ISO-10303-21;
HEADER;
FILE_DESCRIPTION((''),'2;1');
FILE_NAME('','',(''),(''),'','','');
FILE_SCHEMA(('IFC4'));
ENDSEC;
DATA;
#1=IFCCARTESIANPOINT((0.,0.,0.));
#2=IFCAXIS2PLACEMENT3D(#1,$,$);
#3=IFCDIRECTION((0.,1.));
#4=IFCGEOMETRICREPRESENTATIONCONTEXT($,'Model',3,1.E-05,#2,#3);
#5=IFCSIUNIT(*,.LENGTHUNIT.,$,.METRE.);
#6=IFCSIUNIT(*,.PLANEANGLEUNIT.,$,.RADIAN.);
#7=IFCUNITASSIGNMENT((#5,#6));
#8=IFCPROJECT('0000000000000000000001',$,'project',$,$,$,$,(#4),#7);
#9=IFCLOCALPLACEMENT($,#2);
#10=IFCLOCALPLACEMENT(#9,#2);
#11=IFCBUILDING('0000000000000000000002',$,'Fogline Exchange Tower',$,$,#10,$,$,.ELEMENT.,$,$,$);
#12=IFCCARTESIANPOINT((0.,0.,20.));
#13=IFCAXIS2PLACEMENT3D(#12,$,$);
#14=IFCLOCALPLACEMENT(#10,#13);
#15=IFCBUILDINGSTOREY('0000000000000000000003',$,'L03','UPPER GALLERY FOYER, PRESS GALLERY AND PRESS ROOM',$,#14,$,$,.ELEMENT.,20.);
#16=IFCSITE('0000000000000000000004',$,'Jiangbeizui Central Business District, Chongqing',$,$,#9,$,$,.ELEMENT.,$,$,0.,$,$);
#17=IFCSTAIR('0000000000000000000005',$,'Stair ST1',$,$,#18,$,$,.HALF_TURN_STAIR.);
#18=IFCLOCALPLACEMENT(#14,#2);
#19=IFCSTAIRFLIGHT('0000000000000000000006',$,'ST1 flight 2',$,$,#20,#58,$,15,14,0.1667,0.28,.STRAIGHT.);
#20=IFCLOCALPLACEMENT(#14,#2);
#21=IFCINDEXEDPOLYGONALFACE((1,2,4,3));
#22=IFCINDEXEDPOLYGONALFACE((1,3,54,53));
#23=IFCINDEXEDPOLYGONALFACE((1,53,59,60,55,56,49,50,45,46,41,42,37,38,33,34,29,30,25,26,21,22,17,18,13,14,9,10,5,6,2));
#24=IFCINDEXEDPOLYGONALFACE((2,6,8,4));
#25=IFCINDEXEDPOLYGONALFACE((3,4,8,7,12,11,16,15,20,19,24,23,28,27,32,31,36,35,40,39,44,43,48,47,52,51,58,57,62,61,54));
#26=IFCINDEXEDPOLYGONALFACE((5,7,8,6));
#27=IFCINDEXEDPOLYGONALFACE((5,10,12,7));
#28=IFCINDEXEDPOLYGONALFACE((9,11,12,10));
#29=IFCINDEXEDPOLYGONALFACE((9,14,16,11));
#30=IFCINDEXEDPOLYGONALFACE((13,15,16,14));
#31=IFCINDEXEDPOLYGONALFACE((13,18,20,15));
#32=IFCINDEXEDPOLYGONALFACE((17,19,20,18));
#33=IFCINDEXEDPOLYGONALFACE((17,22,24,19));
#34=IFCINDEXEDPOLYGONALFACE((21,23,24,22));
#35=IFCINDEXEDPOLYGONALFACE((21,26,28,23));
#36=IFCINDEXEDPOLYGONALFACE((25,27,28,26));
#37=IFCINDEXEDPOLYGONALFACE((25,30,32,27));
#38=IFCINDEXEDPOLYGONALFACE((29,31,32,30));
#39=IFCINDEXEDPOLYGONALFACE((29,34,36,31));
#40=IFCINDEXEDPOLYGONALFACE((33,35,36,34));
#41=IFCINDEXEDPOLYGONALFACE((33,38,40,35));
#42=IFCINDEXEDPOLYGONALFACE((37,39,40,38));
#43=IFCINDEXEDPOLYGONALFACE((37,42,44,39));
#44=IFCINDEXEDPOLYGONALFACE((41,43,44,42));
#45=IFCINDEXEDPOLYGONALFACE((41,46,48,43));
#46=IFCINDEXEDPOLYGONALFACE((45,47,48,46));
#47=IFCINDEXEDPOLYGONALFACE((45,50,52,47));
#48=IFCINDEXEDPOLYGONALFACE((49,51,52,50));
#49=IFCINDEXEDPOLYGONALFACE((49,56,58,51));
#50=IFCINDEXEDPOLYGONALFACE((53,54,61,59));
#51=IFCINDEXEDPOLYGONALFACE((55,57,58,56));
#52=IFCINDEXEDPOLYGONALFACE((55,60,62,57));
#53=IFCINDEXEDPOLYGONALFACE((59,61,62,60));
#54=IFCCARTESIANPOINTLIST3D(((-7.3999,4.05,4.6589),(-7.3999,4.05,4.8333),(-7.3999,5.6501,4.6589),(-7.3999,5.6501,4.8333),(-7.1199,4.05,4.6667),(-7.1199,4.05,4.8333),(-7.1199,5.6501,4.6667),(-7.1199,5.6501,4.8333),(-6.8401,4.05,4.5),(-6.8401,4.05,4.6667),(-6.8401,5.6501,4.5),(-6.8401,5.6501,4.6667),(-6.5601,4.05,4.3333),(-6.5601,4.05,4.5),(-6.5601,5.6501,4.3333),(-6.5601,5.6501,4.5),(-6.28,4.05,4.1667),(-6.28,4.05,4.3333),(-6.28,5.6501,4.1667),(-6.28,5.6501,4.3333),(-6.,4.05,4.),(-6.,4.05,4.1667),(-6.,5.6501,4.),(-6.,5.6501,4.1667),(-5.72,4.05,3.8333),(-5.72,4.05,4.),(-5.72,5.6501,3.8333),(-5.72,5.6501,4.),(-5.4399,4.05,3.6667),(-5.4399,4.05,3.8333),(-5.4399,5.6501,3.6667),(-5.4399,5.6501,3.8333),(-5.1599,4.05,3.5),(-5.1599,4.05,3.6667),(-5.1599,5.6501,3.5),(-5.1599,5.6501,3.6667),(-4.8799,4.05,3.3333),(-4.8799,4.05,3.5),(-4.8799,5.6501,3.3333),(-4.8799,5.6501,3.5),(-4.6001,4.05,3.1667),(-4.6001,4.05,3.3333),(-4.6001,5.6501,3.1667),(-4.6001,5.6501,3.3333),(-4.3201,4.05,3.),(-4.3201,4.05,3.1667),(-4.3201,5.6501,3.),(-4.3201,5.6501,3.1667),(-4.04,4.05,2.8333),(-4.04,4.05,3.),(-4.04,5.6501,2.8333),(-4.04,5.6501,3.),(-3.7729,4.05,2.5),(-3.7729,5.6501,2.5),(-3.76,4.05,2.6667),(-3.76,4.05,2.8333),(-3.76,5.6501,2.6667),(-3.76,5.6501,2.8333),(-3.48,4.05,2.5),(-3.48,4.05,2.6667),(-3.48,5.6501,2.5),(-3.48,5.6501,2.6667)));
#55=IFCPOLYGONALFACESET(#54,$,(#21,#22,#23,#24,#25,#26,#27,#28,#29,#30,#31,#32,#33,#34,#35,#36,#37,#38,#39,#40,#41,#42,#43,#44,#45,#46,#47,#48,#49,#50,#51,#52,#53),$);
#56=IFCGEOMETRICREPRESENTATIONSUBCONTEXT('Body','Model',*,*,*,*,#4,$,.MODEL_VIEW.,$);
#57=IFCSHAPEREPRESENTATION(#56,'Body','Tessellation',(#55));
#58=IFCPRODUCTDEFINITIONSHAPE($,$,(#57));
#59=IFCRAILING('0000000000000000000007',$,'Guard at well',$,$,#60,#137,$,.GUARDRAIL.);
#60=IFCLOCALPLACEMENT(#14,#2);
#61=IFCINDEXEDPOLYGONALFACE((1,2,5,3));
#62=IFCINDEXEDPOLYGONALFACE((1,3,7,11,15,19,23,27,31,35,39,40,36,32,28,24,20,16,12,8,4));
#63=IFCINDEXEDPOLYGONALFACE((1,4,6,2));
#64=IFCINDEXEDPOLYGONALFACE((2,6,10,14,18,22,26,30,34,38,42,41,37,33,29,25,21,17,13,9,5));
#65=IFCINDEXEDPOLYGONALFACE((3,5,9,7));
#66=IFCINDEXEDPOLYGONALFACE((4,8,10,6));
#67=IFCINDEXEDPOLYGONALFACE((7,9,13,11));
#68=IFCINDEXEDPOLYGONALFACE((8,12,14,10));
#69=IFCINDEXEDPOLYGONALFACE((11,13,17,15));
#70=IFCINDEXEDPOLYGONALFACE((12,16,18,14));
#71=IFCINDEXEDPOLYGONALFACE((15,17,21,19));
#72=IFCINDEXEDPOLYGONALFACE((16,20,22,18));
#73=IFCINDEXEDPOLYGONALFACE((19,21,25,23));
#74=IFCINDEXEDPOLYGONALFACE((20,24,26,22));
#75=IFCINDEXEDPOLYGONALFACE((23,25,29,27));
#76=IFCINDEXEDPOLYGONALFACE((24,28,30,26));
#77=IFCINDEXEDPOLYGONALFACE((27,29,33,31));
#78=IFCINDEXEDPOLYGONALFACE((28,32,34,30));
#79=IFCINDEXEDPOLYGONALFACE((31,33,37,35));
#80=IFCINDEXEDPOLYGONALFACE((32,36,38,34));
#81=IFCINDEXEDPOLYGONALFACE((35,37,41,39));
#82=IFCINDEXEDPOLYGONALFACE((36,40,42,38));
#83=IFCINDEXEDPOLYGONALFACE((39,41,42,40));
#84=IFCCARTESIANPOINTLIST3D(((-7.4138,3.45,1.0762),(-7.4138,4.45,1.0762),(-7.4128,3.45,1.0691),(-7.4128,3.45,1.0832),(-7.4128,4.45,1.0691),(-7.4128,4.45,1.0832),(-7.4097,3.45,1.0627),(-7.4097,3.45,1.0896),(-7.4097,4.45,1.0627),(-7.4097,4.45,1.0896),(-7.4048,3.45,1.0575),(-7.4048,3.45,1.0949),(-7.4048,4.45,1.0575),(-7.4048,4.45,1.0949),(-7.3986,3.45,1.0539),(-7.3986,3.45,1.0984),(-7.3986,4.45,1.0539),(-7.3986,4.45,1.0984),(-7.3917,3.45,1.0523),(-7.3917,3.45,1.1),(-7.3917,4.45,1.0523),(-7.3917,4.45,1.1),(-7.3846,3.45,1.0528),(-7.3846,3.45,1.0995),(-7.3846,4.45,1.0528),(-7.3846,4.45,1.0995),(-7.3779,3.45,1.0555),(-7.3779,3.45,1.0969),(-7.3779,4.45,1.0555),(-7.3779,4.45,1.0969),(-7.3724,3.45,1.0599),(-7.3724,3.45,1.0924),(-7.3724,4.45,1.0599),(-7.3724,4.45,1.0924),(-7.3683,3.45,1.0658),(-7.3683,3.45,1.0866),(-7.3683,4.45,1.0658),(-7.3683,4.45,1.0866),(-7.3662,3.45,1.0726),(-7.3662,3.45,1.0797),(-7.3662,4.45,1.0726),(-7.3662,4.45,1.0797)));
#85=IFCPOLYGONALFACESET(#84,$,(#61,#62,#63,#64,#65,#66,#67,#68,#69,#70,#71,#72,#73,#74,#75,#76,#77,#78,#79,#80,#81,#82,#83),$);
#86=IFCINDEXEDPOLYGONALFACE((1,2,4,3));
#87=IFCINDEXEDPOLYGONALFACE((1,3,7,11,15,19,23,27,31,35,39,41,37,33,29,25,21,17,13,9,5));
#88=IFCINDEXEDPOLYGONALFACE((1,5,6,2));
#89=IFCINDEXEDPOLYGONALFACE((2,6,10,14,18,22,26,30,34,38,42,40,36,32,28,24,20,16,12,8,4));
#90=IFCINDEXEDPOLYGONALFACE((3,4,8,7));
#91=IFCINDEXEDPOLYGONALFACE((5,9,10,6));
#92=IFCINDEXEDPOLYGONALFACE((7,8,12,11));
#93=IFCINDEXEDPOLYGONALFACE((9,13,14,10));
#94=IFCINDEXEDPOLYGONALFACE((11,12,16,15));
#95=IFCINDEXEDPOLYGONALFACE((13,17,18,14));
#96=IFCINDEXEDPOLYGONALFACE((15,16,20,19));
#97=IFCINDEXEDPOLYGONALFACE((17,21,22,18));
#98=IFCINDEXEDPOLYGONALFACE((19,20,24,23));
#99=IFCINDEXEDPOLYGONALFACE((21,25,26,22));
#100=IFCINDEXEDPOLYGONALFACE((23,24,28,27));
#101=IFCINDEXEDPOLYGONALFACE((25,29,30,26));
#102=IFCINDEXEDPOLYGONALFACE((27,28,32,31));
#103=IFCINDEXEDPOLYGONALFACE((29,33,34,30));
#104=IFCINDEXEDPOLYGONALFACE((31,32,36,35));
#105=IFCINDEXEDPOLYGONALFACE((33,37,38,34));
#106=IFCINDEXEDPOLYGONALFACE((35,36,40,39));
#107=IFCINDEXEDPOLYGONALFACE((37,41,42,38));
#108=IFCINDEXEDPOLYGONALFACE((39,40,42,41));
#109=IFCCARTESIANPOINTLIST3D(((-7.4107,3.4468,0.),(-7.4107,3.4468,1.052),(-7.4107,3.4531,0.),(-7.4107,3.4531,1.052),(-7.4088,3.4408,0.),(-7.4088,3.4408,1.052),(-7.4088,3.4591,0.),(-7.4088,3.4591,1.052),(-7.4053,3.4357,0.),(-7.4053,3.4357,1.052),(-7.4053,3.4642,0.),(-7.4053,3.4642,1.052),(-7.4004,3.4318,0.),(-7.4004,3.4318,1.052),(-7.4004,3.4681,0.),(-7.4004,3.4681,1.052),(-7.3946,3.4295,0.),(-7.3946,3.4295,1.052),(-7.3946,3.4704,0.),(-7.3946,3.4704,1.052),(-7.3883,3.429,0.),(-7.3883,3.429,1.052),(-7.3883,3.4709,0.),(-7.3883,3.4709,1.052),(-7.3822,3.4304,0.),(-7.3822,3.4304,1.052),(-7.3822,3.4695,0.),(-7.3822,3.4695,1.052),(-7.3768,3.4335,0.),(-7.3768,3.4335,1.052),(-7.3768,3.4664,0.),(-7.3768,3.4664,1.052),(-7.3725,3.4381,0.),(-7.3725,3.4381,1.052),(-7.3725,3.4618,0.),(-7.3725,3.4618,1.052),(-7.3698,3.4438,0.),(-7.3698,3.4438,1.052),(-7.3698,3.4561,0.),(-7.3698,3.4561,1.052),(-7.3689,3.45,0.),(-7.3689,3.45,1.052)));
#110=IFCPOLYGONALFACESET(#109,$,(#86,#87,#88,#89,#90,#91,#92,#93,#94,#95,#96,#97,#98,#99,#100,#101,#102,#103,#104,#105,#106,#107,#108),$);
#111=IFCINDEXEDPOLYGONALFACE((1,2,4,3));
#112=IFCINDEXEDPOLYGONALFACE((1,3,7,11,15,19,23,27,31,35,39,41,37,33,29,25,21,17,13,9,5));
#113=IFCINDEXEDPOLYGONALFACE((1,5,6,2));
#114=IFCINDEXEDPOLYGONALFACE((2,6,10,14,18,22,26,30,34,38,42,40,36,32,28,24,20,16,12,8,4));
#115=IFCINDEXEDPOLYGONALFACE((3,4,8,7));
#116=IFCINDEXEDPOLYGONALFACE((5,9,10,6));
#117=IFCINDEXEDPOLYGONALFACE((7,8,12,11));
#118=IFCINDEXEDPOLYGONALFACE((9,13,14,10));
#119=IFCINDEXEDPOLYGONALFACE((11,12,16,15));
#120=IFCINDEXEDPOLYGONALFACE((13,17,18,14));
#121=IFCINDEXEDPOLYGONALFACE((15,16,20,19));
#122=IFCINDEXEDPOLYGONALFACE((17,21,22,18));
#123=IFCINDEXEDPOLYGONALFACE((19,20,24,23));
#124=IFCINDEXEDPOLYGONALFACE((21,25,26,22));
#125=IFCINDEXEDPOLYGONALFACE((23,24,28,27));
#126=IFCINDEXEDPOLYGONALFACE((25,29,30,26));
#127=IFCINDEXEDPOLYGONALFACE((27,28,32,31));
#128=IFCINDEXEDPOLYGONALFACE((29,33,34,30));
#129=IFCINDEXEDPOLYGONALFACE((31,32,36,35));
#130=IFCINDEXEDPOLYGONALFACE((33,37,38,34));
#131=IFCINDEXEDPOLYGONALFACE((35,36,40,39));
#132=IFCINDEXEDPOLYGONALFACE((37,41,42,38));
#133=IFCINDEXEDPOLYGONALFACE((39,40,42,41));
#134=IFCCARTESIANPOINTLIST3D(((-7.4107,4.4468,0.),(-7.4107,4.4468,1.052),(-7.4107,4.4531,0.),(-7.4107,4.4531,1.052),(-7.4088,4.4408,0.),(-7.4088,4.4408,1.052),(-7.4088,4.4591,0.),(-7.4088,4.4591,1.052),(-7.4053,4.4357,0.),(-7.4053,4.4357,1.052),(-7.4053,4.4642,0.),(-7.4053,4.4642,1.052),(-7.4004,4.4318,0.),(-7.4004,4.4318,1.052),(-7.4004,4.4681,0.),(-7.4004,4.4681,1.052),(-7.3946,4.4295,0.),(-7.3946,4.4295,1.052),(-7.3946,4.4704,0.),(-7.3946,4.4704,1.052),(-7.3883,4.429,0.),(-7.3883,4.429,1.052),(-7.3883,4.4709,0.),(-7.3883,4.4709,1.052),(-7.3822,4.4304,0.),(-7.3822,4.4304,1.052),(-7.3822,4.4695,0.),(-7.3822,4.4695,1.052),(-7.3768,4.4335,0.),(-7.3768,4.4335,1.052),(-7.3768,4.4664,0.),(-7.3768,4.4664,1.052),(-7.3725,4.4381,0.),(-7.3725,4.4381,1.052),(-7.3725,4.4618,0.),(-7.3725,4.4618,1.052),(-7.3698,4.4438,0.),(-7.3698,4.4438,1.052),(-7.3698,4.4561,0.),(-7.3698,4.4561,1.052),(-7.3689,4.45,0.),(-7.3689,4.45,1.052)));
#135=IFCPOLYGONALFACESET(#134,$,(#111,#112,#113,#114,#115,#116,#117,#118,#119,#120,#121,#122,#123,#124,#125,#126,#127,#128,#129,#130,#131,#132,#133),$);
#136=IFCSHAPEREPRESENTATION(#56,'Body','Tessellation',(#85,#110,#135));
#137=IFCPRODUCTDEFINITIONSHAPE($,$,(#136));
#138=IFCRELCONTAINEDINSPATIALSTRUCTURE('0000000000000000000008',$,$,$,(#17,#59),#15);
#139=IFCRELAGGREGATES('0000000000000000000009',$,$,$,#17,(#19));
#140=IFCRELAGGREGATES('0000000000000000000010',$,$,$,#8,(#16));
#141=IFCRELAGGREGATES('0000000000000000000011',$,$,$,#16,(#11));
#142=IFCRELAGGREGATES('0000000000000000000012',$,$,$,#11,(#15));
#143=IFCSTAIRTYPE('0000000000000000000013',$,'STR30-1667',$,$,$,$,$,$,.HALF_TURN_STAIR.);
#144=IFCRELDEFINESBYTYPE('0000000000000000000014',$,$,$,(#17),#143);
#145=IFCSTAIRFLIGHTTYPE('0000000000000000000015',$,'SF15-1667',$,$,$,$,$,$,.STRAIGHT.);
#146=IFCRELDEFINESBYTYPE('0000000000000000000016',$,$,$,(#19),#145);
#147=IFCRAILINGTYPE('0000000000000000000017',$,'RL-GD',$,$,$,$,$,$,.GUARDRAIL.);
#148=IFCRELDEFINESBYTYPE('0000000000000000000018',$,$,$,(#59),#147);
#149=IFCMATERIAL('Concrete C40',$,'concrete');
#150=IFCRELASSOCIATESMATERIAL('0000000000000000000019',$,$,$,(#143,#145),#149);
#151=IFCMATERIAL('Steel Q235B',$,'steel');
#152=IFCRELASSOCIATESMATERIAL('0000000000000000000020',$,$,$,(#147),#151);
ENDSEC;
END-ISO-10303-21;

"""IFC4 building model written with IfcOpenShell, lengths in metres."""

from ifc_helpers import new_model, si_unit, direction, frame, origin, origin_2d, place, context, subcontext, project, spatial, polyline, circle, outline, extrude, material, type_object, element, aggregate, save


model = new_model("IFC4")

# Units and contexts
model_context = context("Model", 3, precision=1e-05, world=origin(), true_north=direction((0.0, 1.0)))
body_context = subcontext(model_context, "Body", "Model", "MODEL_VIEW")
ifc_project = project(units=[si_unit("LENGTHUNIT", "METRE"), si_unit("PLANEANGLEUNIT", "RADIAN")], contexts=[model_context])

# Site, building, storey
site_placement = place(None, origin())
site = spatial("IfcSite", under=ifc_project, at=site_placement, Name="Jiangbeizui Central Business District, Chongqing", CompositionType="ELEMENT", RefElevation=0.0)
building_placement = place(site_placement, origin())
building = spatial("IfcBuilding", under=site, at=building_placement, Name="Fogline Exchange Tower", CompositionType="ELEMENT")
storey_placement = place(building_placement, frame((0.0, 0.0, 20.0)))
storey = spatial("IfcBuildingStorey", under=building, at=storey_placement, Name="L03", Description="UPPER GALLERY FOYER, PRESS GALLERY AND PRESS ROOM", CompositionType="ELEMENT", Elevation=20.0)

# Shared definitions
ifc_material_1 = material(Name="Concrete C40", Category="concrete")

# Stair, stair flight
stair_type = type_object("IfcStairType", Name="STR30-1667", PredefinedType="HALF_TURN_STAIR", material=ifc_material_1)
stair_placement = place(storey_placement, origin())
stair = element("IfcStair", 1, at=stair_placement, inside=storey, type_object=stair_type, Name="Stair ST1", PredefinedType="HALF_TURN_STAIR")
stair_flight_type = type_object("IfcStairFlightType", Name="SF15-1667", PredefinedType="STRAIGHT", material=ifc_material_1)
stair_flight_1_placement = place(storey_placement, frame((-3.48, 4.8501, 2.5), z_axis=(0.0, 0.0, 1.0), x_axis=(-1.0, 0.0, 0.0)))
stair_flight_1 = element("IfcStairFlight", 2, at=stair_flight_1_placement, type_object=stair_flight_type, Name="ST1 flight 2", NumberOfRisers=15, NumberOfTreads=14, PredefinedType="STRAIGHT", RiserHeight=0.1667, TreadLength=0.28, context=body_context, shape_type="SweptSolid", body=[
    extrude(outline(polyline([(0.0, 0.0), (0.0, 0.1667), (0.28, 0.1667), (0.28, 0.3333), (0.5601, 0.3333), (0.5601, 0.5), (0.8401, 0.5), (0.8401, 0.6667), (1.1201, 0.6667), (1.1201, 0.8333), (1.3999, 0.8333), (1.3999, 1.0), (1.6799, 1.0), (1.6799, 1.1667), (1.96, 1.1667), (1.96, 1.3333), (2.24, 1.3333), (2.24, 1.5), (2.52, 1.5), (2.52, 1.6667), (2.8, 1.6667), (2.8, 1.8333), (3.0801, 1.8333), (3.0801, 2.0), (3.3601, 2.0), (3.3601, 2.1667), (3.6399, 2.1667), (3.6399, 2.3333), (3.9199, 2.3333), (3.9199, 2.5), (3.9199, 2.1589), (0.293, 0.0), (0.0, 0.0)])), frame((0.0, 0.8, 0.0), z_axis=(0.0, -1.0, 0.0), x_axis=(1.0, 0.0, 0.0)), (0.0, 0.0, 1.0), 1.6001),
])
aggregate(stair, [stair_flight_1])

# Railing
ifc_material_2 = material(Name="Steel Q235B", Category="steel")
railing_type_1 = type_object("IfcRailingType", Name="RL-GD", PredefinedType="GUARDRAIL", material=ifc_material_2)
railing_1_placement = place(storey_placement, frame((-7.3899, 3.45, 0.0)))
element("IfcRailing", 3, at=railing_1_placement, inside=storey, type_object=railing_type_1, Name="Guard at well", PredefinedType="GUARDRAIL", context=body_context, shape_type="SweptSolid", body=[
    extrude(circle(Radius=0.0239, at=origin_2d()), frame((0.0, 0.0, 1.0762), z_axis=(0.0, 1.0, 0.0), x_axis=(-1.0, 0.0, 0.0)), (0.0, 0.0, 1.0), 1.0),
    extrude(circle(Radius=0.021, at=origin_2d()), origin(), (0.0, 0.0, 1.0), 1.052),
    extrude(circle(Radius=0.021, at=origin_2d()), frame((0.0, 1.0, 0.0)), (0.0, 0.0, 1.0), 1.052),
])

save(model, "model.ifc")
